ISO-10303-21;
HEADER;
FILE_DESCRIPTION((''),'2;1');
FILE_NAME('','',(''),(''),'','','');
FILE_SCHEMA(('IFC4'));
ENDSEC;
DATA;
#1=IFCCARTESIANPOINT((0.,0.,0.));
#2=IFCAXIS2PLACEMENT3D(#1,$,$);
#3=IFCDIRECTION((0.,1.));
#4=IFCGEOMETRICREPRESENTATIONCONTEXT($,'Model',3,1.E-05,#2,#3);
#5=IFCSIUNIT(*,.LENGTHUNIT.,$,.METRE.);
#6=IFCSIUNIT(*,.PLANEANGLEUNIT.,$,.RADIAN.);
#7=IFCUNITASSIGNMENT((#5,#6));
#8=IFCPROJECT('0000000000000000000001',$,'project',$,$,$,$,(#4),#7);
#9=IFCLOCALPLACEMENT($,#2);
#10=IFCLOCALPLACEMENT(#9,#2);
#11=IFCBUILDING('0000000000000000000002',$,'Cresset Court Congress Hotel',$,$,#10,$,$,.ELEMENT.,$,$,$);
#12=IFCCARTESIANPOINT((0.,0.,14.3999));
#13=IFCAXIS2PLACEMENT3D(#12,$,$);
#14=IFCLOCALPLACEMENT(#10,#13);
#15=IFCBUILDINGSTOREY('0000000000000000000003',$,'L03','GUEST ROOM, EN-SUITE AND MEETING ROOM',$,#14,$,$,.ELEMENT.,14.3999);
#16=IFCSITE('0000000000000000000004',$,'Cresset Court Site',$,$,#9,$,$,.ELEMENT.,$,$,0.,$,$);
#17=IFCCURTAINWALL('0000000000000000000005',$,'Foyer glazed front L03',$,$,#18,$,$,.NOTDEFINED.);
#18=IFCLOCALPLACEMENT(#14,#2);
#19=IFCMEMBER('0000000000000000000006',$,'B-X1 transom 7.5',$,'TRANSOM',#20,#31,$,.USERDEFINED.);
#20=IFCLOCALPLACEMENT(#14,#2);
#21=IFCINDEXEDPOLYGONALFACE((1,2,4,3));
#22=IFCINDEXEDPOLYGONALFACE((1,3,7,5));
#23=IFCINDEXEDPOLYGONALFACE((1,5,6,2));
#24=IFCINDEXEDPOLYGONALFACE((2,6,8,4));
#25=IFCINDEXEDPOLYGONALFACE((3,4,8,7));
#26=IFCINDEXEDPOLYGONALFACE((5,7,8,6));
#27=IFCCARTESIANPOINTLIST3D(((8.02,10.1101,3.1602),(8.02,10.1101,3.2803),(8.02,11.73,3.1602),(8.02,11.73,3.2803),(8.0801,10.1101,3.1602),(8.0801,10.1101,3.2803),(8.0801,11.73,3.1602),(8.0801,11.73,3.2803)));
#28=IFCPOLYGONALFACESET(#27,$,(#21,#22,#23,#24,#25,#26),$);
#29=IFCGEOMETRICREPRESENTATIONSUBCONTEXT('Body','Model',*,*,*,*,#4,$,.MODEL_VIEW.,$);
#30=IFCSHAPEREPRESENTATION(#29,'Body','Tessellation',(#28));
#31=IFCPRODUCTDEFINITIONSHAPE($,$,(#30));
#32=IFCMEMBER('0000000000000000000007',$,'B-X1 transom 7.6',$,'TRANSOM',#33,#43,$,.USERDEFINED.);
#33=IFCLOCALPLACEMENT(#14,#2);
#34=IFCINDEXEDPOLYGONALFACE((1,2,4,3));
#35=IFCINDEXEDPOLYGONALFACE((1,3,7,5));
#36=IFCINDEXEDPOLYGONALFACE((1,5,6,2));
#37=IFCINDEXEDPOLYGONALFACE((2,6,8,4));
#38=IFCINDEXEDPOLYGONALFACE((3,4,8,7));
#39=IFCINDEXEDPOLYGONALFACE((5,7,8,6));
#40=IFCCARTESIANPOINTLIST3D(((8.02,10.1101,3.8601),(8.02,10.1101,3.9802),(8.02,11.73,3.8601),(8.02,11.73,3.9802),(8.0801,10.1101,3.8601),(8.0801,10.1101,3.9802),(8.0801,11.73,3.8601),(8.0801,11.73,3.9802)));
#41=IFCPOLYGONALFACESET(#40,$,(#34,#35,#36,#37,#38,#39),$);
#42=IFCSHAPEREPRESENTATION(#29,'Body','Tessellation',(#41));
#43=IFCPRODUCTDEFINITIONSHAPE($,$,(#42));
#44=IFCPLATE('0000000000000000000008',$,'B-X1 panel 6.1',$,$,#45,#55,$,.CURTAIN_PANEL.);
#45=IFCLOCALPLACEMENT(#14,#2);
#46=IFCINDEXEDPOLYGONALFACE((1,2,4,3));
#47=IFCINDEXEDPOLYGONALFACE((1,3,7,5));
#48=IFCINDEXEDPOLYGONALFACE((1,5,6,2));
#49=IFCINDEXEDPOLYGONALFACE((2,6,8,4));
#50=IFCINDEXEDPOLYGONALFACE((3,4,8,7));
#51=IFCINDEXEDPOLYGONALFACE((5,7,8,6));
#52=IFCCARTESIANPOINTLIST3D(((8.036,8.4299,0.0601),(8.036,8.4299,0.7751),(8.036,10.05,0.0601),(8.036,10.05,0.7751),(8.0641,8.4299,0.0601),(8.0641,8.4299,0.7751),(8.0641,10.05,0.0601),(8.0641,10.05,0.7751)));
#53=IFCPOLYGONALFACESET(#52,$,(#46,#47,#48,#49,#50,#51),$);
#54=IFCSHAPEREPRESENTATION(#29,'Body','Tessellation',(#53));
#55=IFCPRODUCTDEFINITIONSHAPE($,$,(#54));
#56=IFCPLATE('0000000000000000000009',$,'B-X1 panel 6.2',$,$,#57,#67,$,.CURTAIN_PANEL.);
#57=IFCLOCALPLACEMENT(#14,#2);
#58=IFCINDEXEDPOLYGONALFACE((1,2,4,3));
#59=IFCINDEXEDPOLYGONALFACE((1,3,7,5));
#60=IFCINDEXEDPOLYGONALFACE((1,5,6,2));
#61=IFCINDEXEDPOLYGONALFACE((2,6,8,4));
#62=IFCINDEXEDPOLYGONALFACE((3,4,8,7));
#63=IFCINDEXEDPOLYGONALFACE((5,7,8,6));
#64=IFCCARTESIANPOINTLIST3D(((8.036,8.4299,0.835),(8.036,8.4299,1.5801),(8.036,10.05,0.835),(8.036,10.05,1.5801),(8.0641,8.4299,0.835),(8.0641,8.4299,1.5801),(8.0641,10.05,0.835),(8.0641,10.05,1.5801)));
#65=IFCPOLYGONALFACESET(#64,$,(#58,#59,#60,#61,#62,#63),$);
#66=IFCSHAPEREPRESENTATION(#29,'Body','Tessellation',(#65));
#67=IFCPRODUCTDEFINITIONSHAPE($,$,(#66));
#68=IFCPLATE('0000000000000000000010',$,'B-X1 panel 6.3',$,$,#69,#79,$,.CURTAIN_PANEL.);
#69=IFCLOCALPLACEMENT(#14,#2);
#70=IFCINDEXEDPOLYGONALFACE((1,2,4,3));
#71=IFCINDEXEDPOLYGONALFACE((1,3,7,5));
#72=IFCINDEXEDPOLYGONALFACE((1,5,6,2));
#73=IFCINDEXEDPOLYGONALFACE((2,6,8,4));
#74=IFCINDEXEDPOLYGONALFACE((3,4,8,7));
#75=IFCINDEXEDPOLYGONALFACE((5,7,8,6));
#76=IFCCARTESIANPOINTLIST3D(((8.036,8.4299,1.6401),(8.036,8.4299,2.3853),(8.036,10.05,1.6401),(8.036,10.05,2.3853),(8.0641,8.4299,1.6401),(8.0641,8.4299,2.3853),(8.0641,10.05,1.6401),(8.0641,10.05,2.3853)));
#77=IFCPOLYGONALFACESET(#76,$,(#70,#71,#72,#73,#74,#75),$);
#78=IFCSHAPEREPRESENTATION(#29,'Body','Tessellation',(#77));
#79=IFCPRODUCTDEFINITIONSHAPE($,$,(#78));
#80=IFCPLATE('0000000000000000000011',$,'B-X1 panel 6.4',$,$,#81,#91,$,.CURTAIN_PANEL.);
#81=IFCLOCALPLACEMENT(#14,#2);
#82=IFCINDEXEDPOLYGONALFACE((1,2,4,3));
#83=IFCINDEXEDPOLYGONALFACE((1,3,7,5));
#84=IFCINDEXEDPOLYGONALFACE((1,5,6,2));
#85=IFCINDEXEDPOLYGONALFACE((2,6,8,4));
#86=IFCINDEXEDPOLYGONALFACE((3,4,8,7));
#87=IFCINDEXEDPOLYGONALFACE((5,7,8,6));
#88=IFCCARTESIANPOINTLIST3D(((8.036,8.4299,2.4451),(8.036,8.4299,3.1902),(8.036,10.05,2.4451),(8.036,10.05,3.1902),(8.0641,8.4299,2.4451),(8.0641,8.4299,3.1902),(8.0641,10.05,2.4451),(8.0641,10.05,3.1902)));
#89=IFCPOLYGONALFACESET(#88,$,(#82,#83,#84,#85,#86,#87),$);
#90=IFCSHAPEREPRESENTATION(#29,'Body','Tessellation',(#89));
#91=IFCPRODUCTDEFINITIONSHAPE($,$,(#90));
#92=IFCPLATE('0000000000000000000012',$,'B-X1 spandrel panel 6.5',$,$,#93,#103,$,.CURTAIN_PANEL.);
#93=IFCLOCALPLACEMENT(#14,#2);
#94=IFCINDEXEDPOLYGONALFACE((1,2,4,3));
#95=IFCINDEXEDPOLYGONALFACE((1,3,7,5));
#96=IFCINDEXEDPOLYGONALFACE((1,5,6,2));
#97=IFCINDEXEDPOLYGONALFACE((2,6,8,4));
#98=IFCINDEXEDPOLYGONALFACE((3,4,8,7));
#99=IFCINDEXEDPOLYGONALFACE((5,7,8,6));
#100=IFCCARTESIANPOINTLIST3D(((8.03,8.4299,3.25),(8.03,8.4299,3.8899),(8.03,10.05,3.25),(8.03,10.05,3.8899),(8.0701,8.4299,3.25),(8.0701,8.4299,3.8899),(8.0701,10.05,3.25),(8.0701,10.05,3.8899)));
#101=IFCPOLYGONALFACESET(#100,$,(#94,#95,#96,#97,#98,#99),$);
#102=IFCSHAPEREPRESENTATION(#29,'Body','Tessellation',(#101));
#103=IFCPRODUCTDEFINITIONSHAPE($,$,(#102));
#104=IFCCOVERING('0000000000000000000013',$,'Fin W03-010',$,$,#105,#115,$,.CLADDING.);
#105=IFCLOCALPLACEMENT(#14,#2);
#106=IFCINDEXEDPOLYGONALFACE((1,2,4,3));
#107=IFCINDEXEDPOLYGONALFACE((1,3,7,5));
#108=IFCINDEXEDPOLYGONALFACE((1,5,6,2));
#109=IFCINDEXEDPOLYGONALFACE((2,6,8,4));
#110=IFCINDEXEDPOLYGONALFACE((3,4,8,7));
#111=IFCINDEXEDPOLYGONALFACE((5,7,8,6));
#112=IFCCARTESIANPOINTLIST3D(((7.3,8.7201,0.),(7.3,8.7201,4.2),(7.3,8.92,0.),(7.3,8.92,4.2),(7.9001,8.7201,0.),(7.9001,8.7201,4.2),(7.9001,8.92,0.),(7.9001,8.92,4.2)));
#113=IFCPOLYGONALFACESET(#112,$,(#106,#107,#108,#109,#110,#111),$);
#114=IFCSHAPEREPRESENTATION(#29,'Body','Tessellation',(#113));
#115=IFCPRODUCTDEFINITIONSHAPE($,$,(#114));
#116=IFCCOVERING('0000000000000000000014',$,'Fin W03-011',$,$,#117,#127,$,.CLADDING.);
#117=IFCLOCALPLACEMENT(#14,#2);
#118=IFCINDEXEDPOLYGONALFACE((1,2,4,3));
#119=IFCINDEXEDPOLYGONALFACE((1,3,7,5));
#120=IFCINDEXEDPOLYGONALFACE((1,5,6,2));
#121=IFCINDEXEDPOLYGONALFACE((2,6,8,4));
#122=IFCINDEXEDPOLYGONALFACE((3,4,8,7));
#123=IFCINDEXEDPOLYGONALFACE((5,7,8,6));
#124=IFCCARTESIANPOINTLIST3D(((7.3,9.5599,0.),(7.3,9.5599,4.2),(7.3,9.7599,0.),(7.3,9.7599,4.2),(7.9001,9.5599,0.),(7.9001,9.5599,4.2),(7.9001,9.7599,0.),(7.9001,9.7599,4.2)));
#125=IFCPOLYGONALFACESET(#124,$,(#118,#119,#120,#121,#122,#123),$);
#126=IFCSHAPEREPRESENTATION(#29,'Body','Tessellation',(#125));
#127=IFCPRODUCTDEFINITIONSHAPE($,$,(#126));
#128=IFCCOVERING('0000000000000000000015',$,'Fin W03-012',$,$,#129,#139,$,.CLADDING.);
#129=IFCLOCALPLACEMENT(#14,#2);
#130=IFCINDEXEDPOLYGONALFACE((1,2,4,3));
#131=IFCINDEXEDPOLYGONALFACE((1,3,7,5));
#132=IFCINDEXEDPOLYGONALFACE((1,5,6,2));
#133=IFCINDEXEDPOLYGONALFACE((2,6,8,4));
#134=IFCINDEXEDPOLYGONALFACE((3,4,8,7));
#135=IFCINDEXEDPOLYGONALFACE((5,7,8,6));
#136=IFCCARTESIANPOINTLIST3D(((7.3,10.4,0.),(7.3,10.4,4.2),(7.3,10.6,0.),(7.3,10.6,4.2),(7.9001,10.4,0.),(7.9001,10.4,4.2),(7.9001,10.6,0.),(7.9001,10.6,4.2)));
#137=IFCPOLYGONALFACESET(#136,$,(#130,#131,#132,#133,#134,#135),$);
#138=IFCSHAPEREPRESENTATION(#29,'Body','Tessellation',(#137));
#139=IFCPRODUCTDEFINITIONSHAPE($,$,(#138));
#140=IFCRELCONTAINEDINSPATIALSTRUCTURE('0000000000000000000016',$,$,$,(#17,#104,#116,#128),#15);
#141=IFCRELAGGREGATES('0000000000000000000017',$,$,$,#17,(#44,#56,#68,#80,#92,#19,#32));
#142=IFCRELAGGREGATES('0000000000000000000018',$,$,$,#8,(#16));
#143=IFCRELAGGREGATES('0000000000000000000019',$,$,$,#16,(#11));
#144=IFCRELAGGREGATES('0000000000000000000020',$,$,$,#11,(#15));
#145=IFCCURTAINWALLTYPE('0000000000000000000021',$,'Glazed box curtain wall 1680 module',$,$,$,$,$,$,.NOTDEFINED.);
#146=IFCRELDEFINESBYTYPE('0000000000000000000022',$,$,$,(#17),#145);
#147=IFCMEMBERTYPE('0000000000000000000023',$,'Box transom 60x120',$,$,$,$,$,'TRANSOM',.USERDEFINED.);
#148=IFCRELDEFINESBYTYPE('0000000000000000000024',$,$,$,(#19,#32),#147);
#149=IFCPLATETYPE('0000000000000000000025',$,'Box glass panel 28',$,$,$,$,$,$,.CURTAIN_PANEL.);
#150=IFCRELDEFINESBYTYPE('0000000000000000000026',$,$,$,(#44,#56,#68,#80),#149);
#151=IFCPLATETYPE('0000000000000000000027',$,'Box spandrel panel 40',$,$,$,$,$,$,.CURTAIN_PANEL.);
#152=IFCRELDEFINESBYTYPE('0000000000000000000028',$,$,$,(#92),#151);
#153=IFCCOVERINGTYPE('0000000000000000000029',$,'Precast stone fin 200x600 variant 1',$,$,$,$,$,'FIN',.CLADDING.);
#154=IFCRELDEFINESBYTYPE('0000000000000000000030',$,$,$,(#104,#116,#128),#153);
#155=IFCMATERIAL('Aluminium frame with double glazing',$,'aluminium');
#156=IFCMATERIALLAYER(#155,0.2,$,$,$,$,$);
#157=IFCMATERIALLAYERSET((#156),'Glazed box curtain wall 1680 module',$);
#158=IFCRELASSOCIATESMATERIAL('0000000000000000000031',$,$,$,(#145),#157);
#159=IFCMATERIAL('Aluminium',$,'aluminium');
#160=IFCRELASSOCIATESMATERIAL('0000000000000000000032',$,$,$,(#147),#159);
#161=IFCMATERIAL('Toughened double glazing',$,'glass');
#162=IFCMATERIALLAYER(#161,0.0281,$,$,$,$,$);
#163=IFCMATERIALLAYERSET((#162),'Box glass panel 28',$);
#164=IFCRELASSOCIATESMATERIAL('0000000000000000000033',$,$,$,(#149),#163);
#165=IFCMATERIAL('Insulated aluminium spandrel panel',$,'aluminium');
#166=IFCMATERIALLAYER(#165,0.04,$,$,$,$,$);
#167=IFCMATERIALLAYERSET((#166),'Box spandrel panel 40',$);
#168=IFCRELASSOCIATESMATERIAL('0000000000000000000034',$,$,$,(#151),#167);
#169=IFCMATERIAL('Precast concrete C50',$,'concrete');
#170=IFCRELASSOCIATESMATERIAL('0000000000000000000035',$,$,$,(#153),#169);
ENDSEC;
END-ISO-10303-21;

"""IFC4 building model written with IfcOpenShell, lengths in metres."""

from ifc_helpers import new_model, si_unit, direction, frame, origin, origin_2d, place, context, subcontext, project, spatial, rectangle, extrude, material, layer, layer_set, material_profile, profile_set, type_object, element, aggregate, save


model = new_model("IFC4")

# Units and contexts
model_context = context("Model", 3, precision=1e-05, world=origin(), true_north=direction((0.0, 1.0)))
body_context = subcontext(model_context, "Body", "Model", "MODEL_VIEW")
ifc_project = project(units=[si_unit("LENGTHUNIT", "METRE"), si_unit("PLANEANGLEUNIT", "RADIAN")], contexts=[model_context])

# Site, building, storey
site_placement = place(None, origin())
site = spatial("IfcSite", under=ifc_project, at=site_placement, Name="Cresset Court Site", CompositionType="ELEMENT", RefElevation=0.0)
building_placement = place(site_placement, origin())
building = spatial("IfcBuilding", under=site, at=building_placement, Name="Cresset Court Congress Hotel", CompositionType="ELEMENT")
storey_placement = place(building_placement, frame((0.0, 0.0, 14.3999)))
storey = spatial("IfcBuildingStorey", under=building, at=storey_placement, Name="L03", Description="GUEST ROOM, EN-SUITE AND MEETING ROOM", CompositionType="ELEMENT", Elevation=14.3999)

# Curtain wall, members, plates
ifc_material_1 = material(Name="Aluminium frame with double glazing", Category="aluminium")
ifc_layer_1 = layer(ifc_material_1, 0.2)
ifc_layer_set_1 = layer_set([ifc_layer_1], Name="Glazed box curtain wall 1680 module")
curtain_wall_type = type_object("IfcCurtainWallType", Name="Glazed box curtain wall 1680 module", PredefinedType="NOTDEFINED", material=ifc_layer_set_1)
curtain_wall_placement = place(storey_placement, origin())
curtain_wall = element("IfcCurtainWall", 1, at=curtain_wall_placement, inside=storey, type_object=curtain_wall_type, Name="Foyer glazed front L03", PredefinedType="NOTDEFINED")
ifc_material_2 = material(Name="Aluminium", Category="aluminium")
ifc_material_profile_1 = material_profile(ifc_material_2, rectangle(XDim=0.0601, YDim=0.1201, at=origin_2d()), Name="Box transom 60x120")
ifc_profile_set_1 = profile_set([ifc_material_profile_1], Name="Aluminium")
member_type_1 = type_object("IfcMemberType", Name="Box transom 60x120", ElementType="TRANSOM", PredefinedType="USERDEFINED", material=ifc_profile_set_1)
member_1_placement = place(storey_placement, frame((8.05, 10.1101, 3.2202), z_axis=(0.0, 1.0, 0.0), x_axis=(-1.0, 0.0, 0.0)))
member_1 = element("IfcMember", 2, at=member_1_placement, type_object=member_type_1, Name="B-X1 transom 7.5", ObjectType="TRANSOM", PredefinedType="USERDEFINED", context=body_context, shape_type="SweptSolid", body=[
    extrude(rectangle(XDim=0.0601, YDim=0.1201, at=origin_2d()), origin(), (0.0, 0.0, 1.0), 1.6199),
])
member_2_placement = place(storey_placement, frame((8.05, 10.1101, 3.9202), z_axis=(0.0, 1.0, 0.0), x_axis=(-1.0, 0.0, 0.0)))
member_2 = element("IfcMember", 3, at=member_2_placement, type_object=member_type_1, Name="B-X1 transom 7.6", ObjectType="TRANSOM", PredefinedType="USERDEFINED", context=body_context, shape_type="SweptSolid", body=[
    extrude(rectangle(XDim=0.0601, YDim=0.1201, at=origin_2d()), origin(), (0.0, 0.0, 1.0), 1.6199),
])
ifc_material_3 = material(Name="Toughened double glazing", Category="glass")
ifc_layer_2 = layer(ifc_material_3, 0.0281)
ifc_layer_set_2 = layer_set([ifc_layer_2], Name="Box glass panel 28")
plate_type_1 = type_object("IfcPlateType", Name="Box glass panel 28", PredefinedType="CURTAIN_PANEL", material=ifc_layer_set_2)
plate_1_placement = place(storey_placement, frame((8.05, 9.24, 0.0601), z_axis=(0.0, 0.0, 1.0), x_axis=(0.0, 1.0, 0.0)))
plate_1 = element("IfcPlate", 4, at=plate_1_placement, type_object=plate_type_1, Name="B-X1 panel 6.1", PredefinedType="CURTAIN_PANEL", context=body_context, shape_type="SweptSolid", body=[
    extrude(rectangle(XDim=1.6201, YDim=0.0281, at=origin_2d()), origin(), (0.0, 0.0, 1.0), 0.7151),
])
plate_2_placement = place(storey_placement, frame((8.05, 9.24, 0.835), z_axis=(0.0, 0.0, 1.0), x_axis=(0.0, 1.0, 0.0)))
plate_2 = element("IfcPlate", 5, at=plate_2_placement, type_object=plate_type_1, Name="B-X1 panel 6.2", PredefinedType="CURTAIN_PANEL", context=body_context, shape_type="SweptSolid", body=[
    extrude(rectangle(XDim=1.6201, YDim=0.0281, at=origin_2d()), origin(), (0.0, 0.0, 1.0), 0.7451),
])
plate_3_placement = place(storey_placement, frame((8.05, 9.24, 1.6401), z_axis=(0.0, 0.0, 1.0), x_axis=(0.0, 1.0, 0.0)))
plate_3 = element("IfcPlate", 6, at=plate_3_placement, type_object=plate_type_1, Name="B-X1 panel 6.3", PredefinedType="CURTAIN_PANEL", context=body_context, shape_type="SweptSolid", body=[
    extrude(rectangle(XDim=1.6201, YDim=0.0281, at=origin_2d()), origin(), (0.0, 0.0, 1.0), 0.7451),
])
plate_4_placement = place(storey_placement, frame((8.05, 9.24, 2.4451), z_axis=(0.0, 0.0, 1.0), x_axis=(0.0, 1.0, 0.0)))
plate_4 = element("IfcPlate", 7, at=plate_4_placement, type_object=plate_type_1, Name="B-X1 panel 6.4", PredefinedType="CURTAIN_PANEL", context=body_context, shape_type="SweptSolid", body=[
    extrude(rectangle(XDim=1.6201, YDim=0.0281, at=origin_2d()), origin(), (0.0, 0.0, 1.0), 0.7451),
])
ifc_material_4 = material(Name="Insulated aluminium spandrel panel", Category="aluminium")
ifc_layer_3 = layer(ifc_material_4, 0.04)
ifc_layer_set_3 = layer_set([ifc_layer_3], Name="Box spandrel panel 40")
plate_type_2 = type_object("IfcPlateType", Name="Box spandrel panel 40", PredefinedType="CURTAIN_PANEL", material=ifc_layer_set_3)
plate_5_placement = place(storey_placement, frame((8.05, 9.24, 3.25), z_axis=(0.0, 0.0, 1.0), x_axis=(0.0, 1.0, 0.0)))
plate_5 = element("IfcPlate", 8, at=plate_5_placement, type_object=plate_type_2, Name="B-X1 spandrel panel 6.5", PredefinedType="CURTAIN_PANEL", context=body_context, shape_type="SweptSolid", body=[
    extrude(rectangle(XDim=1.6201, YDim=0.04, at=origin_2d()), origin(), (0.0, 0.0, 1.0), 0.6399),
])
aggregate(curtain_wall, [plate_1, plate_2, plate_3, plate_4, plate_5, member_1, member_2])

# Coverings
ifc_material_5 = material(Name="Precast concrete C50", Category="concrete")
covering_type = type_object("IfcCoveringType", Name="Precast stone fin 200x600 variant 1", ElementType="FIN", PredefinedType="CLADDING", material=ifc_material_5)
for number, where, z_axis, x_axis, name in (
    (9, (7.6001, 8.8201, 0.0), (0.0, 0.0, 1.0), (1.0, 0.0, 0.0), "Fin W03-010"),
    (10, (7.6001, 9.6599, 0.0), (0.0, 0.0, 1.0), (1.0, 0.0, 0.0), "Fin W03-011"),
    (11, (7.6001, 10.5, 0.0), (0.0, 0.0, 1.0), (1.0, 0.0, 0.0), "Fin W03-012"),
):
    element("IfcCovering", number, at=place(storey_placement, frame(where, z_axis=z_axis, x_axis=x_axis)), inside=storey, type_object=covering_type, Name=name, PredefinedType="CLADDING", context=body_context, shape_type="SweptSolid", body=[
        extrude(rectangle(XDim=0.6001, YDim=0.2, at=origin_2d()), origin(), (0.0, 0.0, 1.0), 4.2),
    ])

save(model, "model.ifc")
